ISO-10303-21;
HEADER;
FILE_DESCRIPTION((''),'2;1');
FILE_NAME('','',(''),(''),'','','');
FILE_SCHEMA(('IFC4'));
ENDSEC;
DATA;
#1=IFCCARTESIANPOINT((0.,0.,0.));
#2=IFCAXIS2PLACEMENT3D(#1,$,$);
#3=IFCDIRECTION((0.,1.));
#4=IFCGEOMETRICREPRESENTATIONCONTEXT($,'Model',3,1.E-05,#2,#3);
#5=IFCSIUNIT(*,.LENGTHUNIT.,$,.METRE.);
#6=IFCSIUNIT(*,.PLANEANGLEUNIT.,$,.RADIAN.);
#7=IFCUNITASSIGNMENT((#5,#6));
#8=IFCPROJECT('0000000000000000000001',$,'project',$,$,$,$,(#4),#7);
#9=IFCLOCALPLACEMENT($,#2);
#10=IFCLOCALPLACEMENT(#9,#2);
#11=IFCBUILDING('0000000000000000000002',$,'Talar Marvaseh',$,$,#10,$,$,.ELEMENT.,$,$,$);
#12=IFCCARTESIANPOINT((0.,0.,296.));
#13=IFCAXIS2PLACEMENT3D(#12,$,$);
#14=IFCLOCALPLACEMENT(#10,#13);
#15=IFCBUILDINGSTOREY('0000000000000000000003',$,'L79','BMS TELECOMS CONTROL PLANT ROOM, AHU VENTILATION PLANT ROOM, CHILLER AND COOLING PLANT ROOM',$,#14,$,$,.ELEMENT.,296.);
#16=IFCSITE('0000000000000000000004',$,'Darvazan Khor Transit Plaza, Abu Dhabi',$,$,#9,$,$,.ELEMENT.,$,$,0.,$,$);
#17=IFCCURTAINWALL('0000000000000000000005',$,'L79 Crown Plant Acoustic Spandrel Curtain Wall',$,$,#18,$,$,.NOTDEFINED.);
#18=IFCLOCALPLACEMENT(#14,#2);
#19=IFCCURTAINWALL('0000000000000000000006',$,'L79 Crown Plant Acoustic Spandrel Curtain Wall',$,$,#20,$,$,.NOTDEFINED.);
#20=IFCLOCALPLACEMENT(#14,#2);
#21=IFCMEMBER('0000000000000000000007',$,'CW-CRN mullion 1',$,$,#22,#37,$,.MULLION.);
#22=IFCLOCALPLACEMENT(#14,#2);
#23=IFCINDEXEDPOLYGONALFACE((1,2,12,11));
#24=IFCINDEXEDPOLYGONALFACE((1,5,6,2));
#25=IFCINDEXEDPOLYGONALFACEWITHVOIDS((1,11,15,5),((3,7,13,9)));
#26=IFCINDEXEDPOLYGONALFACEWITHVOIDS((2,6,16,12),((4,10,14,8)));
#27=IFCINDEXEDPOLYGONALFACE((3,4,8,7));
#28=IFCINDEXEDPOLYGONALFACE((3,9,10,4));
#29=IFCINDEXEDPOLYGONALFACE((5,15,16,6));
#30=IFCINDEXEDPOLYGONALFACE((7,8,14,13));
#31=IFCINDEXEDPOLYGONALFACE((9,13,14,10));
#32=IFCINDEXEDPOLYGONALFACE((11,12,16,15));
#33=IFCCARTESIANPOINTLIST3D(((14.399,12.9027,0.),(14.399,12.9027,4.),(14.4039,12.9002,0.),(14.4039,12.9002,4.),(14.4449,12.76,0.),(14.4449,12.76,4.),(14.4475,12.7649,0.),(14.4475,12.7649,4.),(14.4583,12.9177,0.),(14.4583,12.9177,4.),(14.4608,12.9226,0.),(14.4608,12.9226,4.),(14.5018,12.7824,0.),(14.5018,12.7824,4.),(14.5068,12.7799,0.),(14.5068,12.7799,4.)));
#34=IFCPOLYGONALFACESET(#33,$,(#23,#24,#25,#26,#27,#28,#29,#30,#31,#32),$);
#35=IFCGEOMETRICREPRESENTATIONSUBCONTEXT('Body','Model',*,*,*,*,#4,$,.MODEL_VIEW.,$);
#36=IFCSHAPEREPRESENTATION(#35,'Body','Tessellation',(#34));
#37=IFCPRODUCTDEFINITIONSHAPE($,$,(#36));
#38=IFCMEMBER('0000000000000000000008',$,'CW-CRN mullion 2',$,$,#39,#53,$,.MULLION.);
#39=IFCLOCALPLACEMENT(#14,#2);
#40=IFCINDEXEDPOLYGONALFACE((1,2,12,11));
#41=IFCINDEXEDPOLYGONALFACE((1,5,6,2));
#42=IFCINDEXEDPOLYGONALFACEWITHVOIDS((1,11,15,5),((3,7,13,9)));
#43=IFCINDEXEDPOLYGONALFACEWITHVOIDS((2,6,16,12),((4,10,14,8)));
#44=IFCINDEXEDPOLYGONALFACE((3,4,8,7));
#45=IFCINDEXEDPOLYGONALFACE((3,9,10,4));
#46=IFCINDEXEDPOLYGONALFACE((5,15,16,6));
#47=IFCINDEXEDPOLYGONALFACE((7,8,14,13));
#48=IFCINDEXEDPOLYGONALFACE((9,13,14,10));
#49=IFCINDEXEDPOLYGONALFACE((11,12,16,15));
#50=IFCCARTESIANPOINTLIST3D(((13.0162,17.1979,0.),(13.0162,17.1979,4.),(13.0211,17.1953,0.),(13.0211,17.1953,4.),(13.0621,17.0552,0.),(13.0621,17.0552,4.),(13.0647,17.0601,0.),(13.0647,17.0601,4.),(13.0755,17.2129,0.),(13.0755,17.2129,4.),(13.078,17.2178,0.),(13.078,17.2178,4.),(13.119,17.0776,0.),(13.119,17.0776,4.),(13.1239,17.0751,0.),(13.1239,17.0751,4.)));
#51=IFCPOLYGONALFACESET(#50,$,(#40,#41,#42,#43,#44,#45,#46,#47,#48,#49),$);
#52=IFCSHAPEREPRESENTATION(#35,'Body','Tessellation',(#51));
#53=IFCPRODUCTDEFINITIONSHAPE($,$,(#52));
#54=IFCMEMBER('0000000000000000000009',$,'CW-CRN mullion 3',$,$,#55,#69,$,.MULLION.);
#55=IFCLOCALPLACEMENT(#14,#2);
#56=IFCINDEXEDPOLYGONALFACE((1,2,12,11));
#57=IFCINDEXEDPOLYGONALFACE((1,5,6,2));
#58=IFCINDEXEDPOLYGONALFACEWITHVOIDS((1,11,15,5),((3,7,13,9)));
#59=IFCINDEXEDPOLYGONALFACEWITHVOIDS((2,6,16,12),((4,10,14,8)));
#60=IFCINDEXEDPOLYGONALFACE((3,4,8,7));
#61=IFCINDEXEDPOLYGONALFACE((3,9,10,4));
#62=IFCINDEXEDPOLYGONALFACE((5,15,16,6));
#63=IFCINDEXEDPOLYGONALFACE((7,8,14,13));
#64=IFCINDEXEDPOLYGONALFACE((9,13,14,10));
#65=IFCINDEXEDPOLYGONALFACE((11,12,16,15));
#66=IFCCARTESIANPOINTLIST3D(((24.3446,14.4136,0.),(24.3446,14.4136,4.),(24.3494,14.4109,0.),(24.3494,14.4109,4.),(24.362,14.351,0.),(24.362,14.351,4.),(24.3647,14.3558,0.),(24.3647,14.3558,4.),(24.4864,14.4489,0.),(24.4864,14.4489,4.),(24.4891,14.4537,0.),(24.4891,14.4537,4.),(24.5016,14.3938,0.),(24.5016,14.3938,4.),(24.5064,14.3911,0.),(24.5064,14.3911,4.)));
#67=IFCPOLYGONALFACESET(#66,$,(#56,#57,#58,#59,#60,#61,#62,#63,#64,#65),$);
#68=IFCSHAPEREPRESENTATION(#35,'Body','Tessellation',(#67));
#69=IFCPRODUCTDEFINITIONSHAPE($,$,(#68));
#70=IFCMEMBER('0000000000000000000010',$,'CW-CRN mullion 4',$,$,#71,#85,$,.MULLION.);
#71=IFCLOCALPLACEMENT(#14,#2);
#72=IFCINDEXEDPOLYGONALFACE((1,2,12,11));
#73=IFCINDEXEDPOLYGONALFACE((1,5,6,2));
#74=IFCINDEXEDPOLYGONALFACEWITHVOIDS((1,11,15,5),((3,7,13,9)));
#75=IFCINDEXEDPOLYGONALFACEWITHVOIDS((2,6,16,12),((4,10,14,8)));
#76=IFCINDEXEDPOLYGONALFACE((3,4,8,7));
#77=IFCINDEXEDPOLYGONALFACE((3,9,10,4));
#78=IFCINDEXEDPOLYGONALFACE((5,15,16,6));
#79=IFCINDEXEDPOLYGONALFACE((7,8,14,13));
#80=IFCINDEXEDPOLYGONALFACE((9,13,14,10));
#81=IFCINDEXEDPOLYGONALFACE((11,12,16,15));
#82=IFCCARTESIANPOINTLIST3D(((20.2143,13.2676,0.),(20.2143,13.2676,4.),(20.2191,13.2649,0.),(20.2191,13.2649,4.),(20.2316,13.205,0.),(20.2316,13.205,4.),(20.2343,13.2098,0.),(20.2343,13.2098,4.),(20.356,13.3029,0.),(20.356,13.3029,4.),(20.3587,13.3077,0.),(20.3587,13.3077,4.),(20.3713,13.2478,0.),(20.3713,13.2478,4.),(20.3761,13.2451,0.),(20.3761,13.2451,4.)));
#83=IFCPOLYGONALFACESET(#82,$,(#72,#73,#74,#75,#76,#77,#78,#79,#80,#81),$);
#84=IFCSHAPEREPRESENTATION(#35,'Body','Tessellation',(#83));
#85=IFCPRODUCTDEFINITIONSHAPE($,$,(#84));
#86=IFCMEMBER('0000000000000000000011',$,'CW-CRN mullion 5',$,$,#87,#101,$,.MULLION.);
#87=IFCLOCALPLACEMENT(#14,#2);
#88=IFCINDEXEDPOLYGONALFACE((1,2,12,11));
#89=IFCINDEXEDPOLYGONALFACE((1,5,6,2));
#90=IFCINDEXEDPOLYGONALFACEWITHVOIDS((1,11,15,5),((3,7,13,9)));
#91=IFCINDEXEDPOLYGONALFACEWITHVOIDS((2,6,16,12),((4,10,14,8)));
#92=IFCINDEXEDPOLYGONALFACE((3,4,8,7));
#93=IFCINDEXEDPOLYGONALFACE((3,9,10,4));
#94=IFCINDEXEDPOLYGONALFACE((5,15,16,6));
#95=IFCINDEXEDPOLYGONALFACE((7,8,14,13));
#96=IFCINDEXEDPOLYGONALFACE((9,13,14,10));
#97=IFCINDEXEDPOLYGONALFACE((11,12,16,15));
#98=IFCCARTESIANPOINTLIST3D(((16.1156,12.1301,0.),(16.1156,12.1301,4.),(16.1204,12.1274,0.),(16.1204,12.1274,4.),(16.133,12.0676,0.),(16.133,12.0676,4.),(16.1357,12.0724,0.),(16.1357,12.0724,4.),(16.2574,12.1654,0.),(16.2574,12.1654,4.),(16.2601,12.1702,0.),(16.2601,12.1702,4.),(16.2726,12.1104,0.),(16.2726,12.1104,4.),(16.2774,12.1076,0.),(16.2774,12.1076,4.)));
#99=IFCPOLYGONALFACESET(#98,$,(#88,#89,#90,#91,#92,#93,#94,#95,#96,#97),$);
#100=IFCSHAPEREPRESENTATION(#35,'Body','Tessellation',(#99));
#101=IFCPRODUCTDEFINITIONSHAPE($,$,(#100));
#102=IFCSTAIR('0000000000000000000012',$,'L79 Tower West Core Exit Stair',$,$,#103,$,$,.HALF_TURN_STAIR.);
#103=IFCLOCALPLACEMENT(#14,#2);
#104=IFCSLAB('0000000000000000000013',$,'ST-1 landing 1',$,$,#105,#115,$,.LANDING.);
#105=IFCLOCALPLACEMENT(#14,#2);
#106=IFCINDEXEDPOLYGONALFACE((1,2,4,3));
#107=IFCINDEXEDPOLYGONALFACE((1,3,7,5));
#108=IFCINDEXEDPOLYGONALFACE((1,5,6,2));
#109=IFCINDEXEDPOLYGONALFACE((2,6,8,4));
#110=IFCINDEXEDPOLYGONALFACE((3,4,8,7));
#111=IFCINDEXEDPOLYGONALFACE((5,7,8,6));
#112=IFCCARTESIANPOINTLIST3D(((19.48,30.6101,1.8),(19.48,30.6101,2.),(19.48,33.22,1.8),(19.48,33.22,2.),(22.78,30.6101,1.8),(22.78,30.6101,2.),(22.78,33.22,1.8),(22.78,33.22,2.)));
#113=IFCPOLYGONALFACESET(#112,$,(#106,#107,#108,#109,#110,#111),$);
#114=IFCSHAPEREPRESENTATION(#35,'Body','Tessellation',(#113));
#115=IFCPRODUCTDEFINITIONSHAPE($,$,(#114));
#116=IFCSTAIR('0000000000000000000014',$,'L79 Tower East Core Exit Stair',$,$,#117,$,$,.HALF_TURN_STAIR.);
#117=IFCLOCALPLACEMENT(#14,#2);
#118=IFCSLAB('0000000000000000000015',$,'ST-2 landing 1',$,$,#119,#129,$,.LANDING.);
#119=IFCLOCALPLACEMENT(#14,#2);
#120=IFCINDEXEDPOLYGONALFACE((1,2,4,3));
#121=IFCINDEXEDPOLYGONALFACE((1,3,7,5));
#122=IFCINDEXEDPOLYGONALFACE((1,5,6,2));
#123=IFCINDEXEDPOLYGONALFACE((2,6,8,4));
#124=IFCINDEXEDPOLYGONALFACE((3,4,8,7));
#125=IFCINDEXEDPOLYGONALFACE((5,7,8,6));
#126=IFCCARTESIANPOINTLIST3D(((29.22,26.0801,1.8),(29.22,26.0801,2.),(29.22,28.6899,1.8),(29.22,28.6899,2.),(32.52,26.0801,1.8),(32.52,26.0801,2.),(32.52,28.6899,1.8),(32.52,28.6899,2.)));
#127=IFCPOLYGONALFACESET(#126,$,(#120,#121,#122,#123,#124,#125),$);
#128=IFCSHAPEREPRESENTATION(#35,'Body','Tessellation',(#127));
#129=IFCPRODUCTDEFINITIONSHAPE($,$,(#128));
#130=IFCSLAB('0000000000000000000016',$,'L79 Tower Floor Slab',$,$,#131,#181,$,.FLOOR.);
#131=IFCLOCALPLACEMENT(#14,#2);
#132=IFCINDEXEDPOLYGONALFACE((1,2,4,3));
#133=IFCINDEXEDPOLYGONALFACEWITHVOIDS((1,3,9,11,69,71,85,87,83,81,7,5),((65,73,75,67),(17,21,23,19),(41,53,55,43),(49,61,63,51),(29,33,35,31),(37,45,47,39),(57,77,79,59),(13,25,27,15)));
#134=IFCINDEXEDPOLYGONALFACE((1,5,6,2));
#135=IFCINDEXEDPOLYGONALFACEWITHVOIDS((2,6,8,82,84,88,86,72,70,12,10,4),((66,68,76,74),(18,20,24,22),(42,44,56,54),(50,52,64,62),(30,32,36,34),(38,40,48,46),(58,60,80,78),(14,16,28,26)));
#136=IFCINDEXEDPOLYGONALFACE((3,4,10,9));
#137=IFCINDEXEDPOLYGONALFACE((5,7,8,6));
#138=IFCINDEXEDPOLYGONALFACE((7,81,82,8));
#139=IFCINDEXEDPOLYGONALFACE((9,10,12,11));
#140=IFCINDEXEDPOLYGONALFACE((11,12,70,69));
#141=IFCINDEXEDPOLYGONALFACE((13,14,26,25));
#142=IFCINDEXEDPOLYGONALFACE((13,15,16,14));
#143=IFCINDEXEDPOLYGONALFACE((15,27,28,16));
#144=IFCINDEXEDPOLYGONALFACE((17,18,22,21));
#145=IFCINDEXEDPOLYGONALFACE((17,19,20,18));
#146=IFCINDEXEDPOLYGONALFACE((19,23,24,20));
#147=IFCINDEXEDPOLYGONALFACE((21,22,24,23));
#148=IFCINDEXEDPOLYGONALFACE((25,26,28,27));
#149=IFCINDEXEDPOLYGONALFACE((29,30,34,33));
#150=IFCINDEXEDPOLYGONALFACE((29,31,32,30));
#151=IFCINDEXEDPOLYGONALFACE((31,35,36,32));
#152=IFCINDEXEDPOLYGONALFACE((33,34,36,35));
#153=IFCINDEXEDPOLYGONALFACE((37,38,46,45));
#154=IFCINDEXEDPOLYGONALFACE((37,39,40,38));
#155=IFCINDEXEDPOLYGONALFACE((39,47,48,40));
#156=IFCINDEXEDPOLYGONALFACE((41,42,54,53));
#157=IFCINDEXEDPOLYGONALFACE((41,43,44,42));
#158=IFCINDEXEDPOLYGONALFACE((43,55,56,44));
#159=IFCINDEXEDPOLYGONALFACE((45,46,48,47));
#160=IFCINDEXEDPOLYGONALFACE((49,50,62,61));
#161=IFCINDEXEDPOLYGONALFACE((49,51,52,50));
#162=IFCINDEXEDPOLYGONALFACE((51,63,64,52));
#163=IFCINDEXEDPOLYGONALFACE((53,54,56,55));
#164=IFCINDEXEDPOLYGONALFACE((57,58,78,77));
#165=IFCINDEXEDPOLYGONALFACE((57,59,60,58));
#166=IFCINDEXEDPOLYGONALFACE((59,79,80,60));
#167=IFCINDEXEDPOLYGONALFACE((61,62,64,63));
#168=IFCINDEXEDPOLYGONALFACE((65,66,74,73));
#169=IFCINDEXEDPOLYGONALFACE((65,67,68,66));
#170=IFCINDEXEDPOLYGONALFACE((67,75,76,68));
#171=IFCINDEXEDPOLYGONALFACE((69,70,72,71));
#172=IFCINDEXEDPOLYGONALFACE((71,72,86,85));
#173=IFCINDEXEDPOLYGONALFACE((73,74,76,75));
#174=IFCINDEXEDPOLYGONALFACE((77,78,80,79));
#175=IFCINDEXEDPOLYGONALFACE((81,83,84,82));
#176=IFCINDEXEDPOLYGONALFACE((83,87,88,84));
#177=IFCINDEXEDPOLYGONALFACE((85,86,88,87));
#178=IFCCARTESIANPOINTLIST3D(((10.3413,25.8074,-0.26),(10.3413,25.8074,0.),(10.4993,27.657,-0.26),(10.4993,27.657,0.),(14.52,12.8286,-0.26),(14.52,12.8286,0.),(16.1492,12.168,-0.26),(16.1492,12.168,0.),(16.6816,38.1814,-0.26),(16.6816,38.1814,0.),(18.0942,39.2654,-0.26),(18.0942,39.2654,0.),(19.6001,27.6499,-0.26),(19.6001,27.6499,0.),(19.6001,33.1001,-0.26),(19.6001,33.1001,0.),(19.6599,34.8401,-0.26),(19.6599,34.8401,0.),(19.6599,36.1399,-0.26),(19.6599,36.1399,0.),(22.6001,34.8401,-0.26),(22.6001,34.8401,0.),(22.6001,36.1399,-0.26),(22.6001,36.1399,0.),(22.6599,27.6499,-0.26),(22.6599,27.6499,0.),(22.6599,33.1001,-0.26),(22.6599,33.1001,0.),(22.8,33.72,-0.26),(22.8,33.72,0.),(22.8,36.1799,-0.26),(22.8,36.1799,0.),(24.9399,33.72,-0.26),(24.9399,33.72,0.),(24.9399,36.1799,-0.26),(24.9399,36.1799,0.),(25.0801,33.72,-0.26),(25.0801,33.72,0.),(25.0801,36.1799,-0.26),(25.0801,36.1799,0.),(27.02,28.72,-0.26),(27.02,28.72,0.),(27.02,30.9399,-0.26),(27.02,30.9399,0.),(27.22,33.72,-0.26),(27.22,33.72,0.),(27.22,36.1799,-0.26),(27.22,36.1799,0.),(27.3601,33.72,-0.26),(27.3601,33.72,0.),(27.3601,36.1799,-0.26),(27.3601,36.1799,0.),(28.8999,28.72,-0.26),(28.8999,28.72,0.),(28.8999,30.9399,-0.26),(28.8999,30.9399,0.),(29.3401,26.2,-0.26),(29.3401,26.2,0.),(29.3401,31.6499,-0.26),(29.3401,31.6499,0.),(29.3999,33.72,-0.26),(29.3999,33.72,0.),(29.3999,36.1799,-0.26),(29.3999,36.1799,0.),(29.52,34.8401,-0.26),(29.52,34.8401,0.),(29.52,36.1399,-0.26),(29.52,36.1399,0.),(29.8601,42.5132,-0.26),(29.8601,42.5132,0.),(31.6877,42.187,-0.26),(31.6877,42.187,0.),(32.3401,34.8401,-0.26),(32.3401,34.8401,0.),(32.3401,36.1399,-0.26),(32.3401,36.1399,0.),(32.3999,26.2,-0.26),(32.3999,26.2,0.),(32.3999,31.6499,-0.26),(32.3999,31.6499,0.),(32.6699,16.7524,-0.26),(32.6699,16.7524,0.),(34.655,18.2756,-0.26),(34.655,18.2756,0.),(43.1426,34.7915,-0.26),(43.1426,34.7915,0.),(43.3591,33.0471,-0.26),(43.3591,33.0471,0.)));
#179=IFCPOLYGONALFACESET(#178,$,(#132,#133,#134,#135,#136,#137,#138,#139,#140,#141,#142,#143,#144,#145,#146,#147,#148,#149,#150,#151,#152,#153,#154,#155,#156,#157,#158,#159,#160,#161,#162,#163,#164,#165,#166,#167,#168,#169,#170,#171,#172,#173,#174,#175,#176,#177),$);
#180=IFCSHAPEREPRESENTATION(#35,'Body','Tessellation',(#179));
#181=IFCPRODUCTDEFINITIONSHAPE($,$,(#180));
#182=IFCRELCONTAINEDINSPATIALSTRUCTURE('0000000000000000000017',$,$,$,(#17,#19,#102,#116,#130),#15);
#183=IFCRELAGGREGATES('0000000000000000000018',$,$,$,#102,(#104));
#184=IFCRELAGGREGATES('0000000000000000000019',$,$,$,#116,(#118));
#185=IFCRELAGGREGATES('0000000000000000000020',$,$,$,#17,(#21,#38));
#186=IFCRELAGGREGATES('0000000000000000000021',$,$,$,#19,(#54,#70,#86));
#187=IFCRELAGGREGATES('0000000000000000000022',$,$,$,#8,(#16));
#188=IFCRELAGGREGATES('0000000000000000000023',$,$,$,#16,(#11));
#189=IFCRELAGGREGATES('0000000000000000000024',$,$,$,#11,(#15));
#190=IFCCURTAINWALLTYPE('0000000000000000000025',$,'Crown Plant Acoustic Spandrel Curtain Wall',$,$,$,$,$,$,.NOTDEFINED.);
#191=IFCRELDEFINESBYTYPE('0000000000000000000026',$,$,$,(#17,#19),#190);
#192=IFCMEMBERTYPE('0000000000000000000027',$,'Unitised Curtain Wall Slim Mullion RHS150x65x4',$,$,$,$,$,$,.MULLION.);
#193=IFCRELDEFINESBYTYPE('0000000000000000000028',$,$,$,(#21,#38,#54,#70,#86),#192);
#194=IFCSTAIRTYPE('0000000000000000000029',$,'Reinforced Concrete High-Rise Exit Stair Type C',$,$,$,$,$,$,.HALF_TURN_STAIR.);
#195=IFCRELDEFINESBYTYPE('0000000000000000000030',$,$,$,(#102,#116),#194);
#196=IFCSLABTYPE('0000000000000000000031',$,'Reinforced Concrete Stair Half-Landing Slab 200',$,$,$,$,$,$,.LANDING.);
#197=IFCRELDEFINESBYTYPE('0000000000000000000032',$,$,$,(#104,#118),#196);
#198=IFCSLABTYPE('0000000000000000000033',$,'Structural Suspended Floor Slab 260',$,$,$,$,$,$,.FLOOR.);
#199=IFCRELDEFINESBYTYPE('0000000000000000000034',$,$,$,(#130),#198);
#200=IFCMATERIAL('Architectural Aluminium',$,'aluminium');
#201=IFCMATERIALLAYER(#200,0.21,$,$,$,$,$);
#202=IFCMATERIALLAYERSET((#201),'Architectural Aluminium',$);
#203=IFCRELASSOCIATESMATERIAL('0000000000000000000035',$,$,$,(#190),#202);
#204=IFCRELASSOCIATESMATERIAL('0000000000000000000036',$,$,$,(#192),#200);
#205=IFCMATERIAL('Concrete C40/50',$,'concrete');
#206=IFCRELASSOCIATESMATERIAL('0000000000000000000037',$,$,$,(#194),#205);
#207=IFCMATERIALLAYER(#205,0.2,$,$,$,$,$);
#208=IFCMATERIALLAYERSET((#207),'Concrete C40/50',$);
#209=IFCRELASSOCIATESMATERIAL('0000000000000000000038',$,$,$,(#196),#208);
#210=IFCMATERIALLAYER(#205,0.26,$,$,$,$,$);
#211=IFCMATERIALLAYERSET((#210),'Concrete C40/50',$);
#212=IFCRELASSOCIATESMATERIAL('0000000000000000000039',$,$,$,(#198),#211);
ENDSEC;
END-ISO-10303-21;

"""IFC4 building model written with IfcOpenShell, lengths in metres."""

from ifc_helpers import new_model, si_unit, direction, frame, origin, origin_2d, place, context, subcontext, project, spatial, polyline, hollow_rectangle, outline, extrude, source, transform, mapped, material, layer, layer_set, material_profile, profile_set, type_object, type_shapes, element, aggregate, save


model = new_model("IFC4")

# Units and contexts
model_context = context("Model", 3, precision=1e-05, world=origin(), true_north=direction((0.0, 1.0)))
body_context = subcontext(model_context, "Body", "Model", "MODEL_VIEW")
ifc_project = project(units=[si_unit("LENGTHUNIT", "METRE"), si_unit("PLANEANGLEUNIT", "RADIAN")], contexts=[model_context])

# Site, building, storey
site_placement = place(None, origin())
site = spatial("IfcSite", under=ifc_project, at=site_placement, Name="Darvazan Khor Transit Plaza, Abu Dhabi", CompositionType="ELEMENT", RefElevation=0.0)
building_placement = place(site_placement, origin())
building = spatial("IfcBuilding", under=site, at=building_placement, Name="Talar Marvaseh", CompositionType="ELEMENT")
storey_placement = place(building_placement, frame((0.0, 0.0, 296.0)))
storey = spatial("IfcBuildingStorey", under=building, at=storey_placement, Name="L79", Description="BMS TELECOMS CONTROL PLANT ROOM, AHU VENTILATION PLANT ROOM, CHILLER AND COOLING PLANT ROOM", CompositionType="ELEMENT", Elevation=296.0)

# Curtain walls
ifc_material_1 = material(Name="Architectural Aluminium", Category="aluminium")
ifc_layer_1 = layer(ifc_material_1, 0.21)
ifc_layer_set_1 = layer_set([ifc_layer_1], Name="Architectural Aluminium")
curtain_wall_type = type_object("IfcCurtainWallType", Name="Crown Plant Acoustic Spandrel Curtain Wall", PredefinedType="NOTDEFINED", material=ifc_layer_set_1)
curtain_wall_1_placement = place(storey_placement, origin())
curtain_wall_1 = element("IfcCurtainWall", 1, at=curtain_wall_1_placement, inside=storey, type_object=curtain_wall_type, Name="L79 Crown Plant Acoustic Spandrel Curtain Wall", PredefinedType="NOTDEFINED")
curtain_wall_2_placement = place(storey_placement, origin())
curtain_wall_2 = element("IfcCurtainWall", 2, at=curtain_wall_2_placement, inside=storey, type_object=curtain_wall_type, Name="L79 Crown Plant Acoustic Spandrel Curtain Wall", PredefinedType="NOTDEFINED")

# Members
ifc_material_profile_1 = material_profile(ifc_material_1, hollow_rectangle(XDim=0.0649, YDim=0.1499, WallThickness=0.0039, at=origin_2d()), Name="RHS150x65x4")
ifc_profile_set_1 = profile_set([ifc_material_profile_1], Name="Architectural Aluminium")
member_type_1 = type_object("IfcMemberType", Name="Unitised Curtain Wall Slim Mullion RHS150x65x4", PredefinedType="MULLION", material=ifc_profile_set_1)
shared_shape_1 = source(origin(), body_context, "Body", "SweptSolid", [
    extrude(hollow_rectangle(XDim=0.0649, YDim=0.1499, WallThickness=0.0039, at=origin_2d()), origin(), (0.0, 0.0, 1.0), 4.0),
])
type_shapes(member_type_1, [shared_shape_1])
member_1_placement = place(storey_placement, frame((14.4529, 12.8413, 0.0), z_axis=(0.0, 0.0, 1.0), x_axis=(-0.951881, -0.306468, 0.0)))
member_1 = element("IfcMember", 3, at=member_1_placement, type_object=member_type_1, Name="CW-CRN mullion 1", PredefinedType="MULLION", context=body_context, shape_type="MappedRepresentation", body=[
    mapped(shared_shape_1, transform((0.0, 0.0, 0.0), x_axis=(1.0, 0.0, 0.0), y_axis=(0.0, 1.0, 0.0), z_axis=(0.0, 0.0, 1.0), scale=1.0)),
])
member_2_placement = place(storey_placement, frame((13.0701, 17.1365, 0.0), z_axis=(0.0, 0.0, 1.0), x_axis=(-0.951881, -0.306468, 0.0)))
member_2 = element("IfcMember", 4, at=member_2_placement, type_object=member_type_1, Name="CW-CRN mullion 2", PredefinedType="MULLION", context=body_context, shape_type="MappedRepresentation", body=[
    mapped(shared_shape_1, transform((0.0, 0.0, 0.0), x_axis=(1.0, 0.0, 0.0), y_axis=(0.0, 1.0, 0.0), z_axis=(0.0, 0.0, 1.0), scale=1.0)),
])
member_3_placement = place(storey_placement, frame((24.4255, 14.4023, 0.0), z_axis=(0.0, 0.0, 1.0), x_axis=(0.26739, -0.963588, 0.0)))
member_3 = element("IfcMember", 5, at=member_3_placement, type_object=member_type_1, Name="CW-CRN mullion 3", PredefinedType="MULLION", context=body_context, shape_type="MappedRepresentation", body=[
    mapped(shared_shape_1, transform((0.0, 0.0, 0.0), x_axis=(1.0, 0.0, 0.0), y_axis=(0.0, 1.0, 0.0), z_axis=(0.0, 0.0, 1.0), scale=1.0)),
])
member_4_placement = place(storey_placement, frame((20.2952, 13.2563, 0.0), z_axis=(0.0, 0.0, 1.0), x_axis=(0.26739, -0.963588, 0.0)))
member_4 = element("IfcMember", 6, at=member_4_placement, type_object=member_type_1, Name="CW-CRN mullion 4", PredefinedType="MULLION", context=body_context, shape_type="MappedRepresentation", body=[
    mapped(shared_shape_1, transform((0.0, 0.0, 0.0), x_axis=(1.0, 0.0, 0.0), y_axis=(0.0, 1.0, 0.0), z_axis=(0.0, 0.0, 1.0), scale=1.0)),
])
member_5_placement = place(storey_placement, frame((16.1965, 12.1189, 0.0), z_axis=(0.0, 0.0, 1.0), x_axis=(0.26739, -0.963588, 0.0)))
member_5 = element("IfcMember", 7, at=member_5_placement, type_object=member_type_1, Name="CW-CRN mullion 5", PredefinedType="MULLION", context=body_context, shape_type="MappedRepresentation", body=[
    mapped(shared_shape_1, transform((0.0, 0.0, 0.0), x_axis=(1.0, 0.0, 0.0), y_axis=(0.0, 1.0, 0.0), z_axis=(0.0, 0.0, 1.0), scale=1.0)),
])

# Stairs, slabs
ifc_material_2 = material(Name="Concrete C40/50", Category="concrete")
stair_type = type_object("IfcStairType", Name="Reinforced Concrete High-Rise Exit Stair Type C", PredefinedType="HALF_TURN_STAIR", material=ifc_material_2)
stair_1_placement = place(storey_placement, origin())
stair_1 = element("IfcStair", 8, at=stair_1_placement, inside=storey, type_object=stair_type, Name="L79 Tower West Core Exit Stair", PredefinedType="HALF_TURN_STAIR")
ifc_layer_2 = layer(ifc_material_2, 0.2)
ifc_layer_set_2 = layer_set([ifc_layer_2], Name="Concrete C40/50")
slab_type_1 = type_object("IfcSlabType", Name="Reinforced Concrete Stair Half-Landing Slab 200", PredefinedType="LANDING", material=ifc_layer_set_2)
slab_1_placement = place(storey_placement, frame((0.0, 0.0, 1.8)))
slab_1 = element("IfcSlab", 9, at=slab_1_placement, type_object=slab_type_1, Name="ST-1 landing 1", PredefinedType="LANDING", context=body_context, shape_type="SweptSolid", body=[
    extrude(outline(polyline([(22.78, 30.6101), (22.78, 33.22), (19.48, 33.22), (19.48, 30.6101), (22.78, 30.6101)])), origin(), (0.0, 0.0, 1.0), 0.2),
])
aggregate(stair_1, [slab_1])
stair_2_placement = place(storey_placement, origin())
stair_2 = element("IfcStair", 10, at=stair_2_placement, inside=storey, type_object=stair_type, Name="L79 Tower East Core Exit Stair", PredefinedType="HALF_TURN_STAIR")
slab_2_placement = place(storey_placement, frame((0.0, 0.0, 1.8)))
slab_2 = element("IfcSlab", 11, at=slab_2_placement, type_object=slab_type_1, Name="ST-2 landing 1", PredefinedType="LANDING", context=body_context, shape_type="SweptSolid", body=[
    extrude(outline(polyline([(29.22, 28.6899), (29.22, 26.0801), (32.52, 26.0801), (32.52, 28.6899), (29.22, 28.6899)])), origin(), (0.0, 0.0, 1.0), 0.2),
])
aggregate(stair_2, [slab_2])

# Slab
ifc_layer_3 = layer(ifc_material_2, 0.26)
ifc_layer_set_3 = layer_set([ifc_layer_3], Name="Concrete C40/50")
slab_type_2 = type_object("IfcSlabType", Name="Structural Suspended Floor Slab 260", PredefinedType="FLOOR", material=ifc_layer_set_3)
slab_3_placement = place(storey_placement, frame((0.0, 0.0, -0.26)))
element("IfcSlab", 12, at=slab_3_placement, inside=storey, type_object=slab_type_2, Name="L79 Tower Floor Slab", PredefinedType="FLOOR", context=body_context, shape_type="SweptSolid", body=[
    extrude(outline(polyline([(16.1492, 12.168), (14.52, 12.8286), (10.3413, 25.8074), (10.4993, 27.657), (16.6816, 38.1814), (18.0942, 39.2654), (29.8601, 42.5132), (31.6877, 42.187), (43.1426, 34.7915), (43.3591, 33.0471), (34.655, 18.2756), (32.6699, 16.7524), (16.1492, 12.168)]), holes=[polyline([(22.6599, 27.6499), (22.6599, 33.1001), (19.6001, 33.1001), (19.6001, 27.6499), (22.6599, 27.6499)]), polyline([(29.3401, 31.6499), (29.3401, 26.2), (32.3999, 26.2), (32.3999, 31.6499), (29.3401, 31.6499)]), polyline([(22.8, 33.72), (24.9399, 33.72), (24.9399, 36.1799), (22.8, 36.1799), (22.8, 33.72)]), polyline([(25.0801, 33.72), (27.22, 33.72), (27.22, 36.1799), (25.0801, 36.1799), (25.0801, 33.72)]), polyline([(27.3601, 33.72), (29.3999, 33.72), (29.3999, 36.1799), (27.3601, 36.1799), (27.3601, 33.72)]), polyline([(27.02, 28.72), (28.8999, 28.72), (28.8999, 30.9399), (27.02, 30.9399), (27.02, 28.72)]), polyline([(19.6599, 34.8401), (22.6001, 34.8401), (22.6001, 36.1399), (19.6599, 36.1399), (19.6599, 34.8401)]), polyline([(29.52, 34.8401), (32.3401, 34.8401), (32.3401, 36.1399), (29.52, 36.1399), (29.52, 34.8401)])]), origin(), (0.0, 0.0, 1.0), 0.26),
])

aggregate(curtain_wall_1, [member_1, member_2])
aggregate(curtain_wall_2, [member_3, member_4, member_5])

save(model, "model.ifc")
